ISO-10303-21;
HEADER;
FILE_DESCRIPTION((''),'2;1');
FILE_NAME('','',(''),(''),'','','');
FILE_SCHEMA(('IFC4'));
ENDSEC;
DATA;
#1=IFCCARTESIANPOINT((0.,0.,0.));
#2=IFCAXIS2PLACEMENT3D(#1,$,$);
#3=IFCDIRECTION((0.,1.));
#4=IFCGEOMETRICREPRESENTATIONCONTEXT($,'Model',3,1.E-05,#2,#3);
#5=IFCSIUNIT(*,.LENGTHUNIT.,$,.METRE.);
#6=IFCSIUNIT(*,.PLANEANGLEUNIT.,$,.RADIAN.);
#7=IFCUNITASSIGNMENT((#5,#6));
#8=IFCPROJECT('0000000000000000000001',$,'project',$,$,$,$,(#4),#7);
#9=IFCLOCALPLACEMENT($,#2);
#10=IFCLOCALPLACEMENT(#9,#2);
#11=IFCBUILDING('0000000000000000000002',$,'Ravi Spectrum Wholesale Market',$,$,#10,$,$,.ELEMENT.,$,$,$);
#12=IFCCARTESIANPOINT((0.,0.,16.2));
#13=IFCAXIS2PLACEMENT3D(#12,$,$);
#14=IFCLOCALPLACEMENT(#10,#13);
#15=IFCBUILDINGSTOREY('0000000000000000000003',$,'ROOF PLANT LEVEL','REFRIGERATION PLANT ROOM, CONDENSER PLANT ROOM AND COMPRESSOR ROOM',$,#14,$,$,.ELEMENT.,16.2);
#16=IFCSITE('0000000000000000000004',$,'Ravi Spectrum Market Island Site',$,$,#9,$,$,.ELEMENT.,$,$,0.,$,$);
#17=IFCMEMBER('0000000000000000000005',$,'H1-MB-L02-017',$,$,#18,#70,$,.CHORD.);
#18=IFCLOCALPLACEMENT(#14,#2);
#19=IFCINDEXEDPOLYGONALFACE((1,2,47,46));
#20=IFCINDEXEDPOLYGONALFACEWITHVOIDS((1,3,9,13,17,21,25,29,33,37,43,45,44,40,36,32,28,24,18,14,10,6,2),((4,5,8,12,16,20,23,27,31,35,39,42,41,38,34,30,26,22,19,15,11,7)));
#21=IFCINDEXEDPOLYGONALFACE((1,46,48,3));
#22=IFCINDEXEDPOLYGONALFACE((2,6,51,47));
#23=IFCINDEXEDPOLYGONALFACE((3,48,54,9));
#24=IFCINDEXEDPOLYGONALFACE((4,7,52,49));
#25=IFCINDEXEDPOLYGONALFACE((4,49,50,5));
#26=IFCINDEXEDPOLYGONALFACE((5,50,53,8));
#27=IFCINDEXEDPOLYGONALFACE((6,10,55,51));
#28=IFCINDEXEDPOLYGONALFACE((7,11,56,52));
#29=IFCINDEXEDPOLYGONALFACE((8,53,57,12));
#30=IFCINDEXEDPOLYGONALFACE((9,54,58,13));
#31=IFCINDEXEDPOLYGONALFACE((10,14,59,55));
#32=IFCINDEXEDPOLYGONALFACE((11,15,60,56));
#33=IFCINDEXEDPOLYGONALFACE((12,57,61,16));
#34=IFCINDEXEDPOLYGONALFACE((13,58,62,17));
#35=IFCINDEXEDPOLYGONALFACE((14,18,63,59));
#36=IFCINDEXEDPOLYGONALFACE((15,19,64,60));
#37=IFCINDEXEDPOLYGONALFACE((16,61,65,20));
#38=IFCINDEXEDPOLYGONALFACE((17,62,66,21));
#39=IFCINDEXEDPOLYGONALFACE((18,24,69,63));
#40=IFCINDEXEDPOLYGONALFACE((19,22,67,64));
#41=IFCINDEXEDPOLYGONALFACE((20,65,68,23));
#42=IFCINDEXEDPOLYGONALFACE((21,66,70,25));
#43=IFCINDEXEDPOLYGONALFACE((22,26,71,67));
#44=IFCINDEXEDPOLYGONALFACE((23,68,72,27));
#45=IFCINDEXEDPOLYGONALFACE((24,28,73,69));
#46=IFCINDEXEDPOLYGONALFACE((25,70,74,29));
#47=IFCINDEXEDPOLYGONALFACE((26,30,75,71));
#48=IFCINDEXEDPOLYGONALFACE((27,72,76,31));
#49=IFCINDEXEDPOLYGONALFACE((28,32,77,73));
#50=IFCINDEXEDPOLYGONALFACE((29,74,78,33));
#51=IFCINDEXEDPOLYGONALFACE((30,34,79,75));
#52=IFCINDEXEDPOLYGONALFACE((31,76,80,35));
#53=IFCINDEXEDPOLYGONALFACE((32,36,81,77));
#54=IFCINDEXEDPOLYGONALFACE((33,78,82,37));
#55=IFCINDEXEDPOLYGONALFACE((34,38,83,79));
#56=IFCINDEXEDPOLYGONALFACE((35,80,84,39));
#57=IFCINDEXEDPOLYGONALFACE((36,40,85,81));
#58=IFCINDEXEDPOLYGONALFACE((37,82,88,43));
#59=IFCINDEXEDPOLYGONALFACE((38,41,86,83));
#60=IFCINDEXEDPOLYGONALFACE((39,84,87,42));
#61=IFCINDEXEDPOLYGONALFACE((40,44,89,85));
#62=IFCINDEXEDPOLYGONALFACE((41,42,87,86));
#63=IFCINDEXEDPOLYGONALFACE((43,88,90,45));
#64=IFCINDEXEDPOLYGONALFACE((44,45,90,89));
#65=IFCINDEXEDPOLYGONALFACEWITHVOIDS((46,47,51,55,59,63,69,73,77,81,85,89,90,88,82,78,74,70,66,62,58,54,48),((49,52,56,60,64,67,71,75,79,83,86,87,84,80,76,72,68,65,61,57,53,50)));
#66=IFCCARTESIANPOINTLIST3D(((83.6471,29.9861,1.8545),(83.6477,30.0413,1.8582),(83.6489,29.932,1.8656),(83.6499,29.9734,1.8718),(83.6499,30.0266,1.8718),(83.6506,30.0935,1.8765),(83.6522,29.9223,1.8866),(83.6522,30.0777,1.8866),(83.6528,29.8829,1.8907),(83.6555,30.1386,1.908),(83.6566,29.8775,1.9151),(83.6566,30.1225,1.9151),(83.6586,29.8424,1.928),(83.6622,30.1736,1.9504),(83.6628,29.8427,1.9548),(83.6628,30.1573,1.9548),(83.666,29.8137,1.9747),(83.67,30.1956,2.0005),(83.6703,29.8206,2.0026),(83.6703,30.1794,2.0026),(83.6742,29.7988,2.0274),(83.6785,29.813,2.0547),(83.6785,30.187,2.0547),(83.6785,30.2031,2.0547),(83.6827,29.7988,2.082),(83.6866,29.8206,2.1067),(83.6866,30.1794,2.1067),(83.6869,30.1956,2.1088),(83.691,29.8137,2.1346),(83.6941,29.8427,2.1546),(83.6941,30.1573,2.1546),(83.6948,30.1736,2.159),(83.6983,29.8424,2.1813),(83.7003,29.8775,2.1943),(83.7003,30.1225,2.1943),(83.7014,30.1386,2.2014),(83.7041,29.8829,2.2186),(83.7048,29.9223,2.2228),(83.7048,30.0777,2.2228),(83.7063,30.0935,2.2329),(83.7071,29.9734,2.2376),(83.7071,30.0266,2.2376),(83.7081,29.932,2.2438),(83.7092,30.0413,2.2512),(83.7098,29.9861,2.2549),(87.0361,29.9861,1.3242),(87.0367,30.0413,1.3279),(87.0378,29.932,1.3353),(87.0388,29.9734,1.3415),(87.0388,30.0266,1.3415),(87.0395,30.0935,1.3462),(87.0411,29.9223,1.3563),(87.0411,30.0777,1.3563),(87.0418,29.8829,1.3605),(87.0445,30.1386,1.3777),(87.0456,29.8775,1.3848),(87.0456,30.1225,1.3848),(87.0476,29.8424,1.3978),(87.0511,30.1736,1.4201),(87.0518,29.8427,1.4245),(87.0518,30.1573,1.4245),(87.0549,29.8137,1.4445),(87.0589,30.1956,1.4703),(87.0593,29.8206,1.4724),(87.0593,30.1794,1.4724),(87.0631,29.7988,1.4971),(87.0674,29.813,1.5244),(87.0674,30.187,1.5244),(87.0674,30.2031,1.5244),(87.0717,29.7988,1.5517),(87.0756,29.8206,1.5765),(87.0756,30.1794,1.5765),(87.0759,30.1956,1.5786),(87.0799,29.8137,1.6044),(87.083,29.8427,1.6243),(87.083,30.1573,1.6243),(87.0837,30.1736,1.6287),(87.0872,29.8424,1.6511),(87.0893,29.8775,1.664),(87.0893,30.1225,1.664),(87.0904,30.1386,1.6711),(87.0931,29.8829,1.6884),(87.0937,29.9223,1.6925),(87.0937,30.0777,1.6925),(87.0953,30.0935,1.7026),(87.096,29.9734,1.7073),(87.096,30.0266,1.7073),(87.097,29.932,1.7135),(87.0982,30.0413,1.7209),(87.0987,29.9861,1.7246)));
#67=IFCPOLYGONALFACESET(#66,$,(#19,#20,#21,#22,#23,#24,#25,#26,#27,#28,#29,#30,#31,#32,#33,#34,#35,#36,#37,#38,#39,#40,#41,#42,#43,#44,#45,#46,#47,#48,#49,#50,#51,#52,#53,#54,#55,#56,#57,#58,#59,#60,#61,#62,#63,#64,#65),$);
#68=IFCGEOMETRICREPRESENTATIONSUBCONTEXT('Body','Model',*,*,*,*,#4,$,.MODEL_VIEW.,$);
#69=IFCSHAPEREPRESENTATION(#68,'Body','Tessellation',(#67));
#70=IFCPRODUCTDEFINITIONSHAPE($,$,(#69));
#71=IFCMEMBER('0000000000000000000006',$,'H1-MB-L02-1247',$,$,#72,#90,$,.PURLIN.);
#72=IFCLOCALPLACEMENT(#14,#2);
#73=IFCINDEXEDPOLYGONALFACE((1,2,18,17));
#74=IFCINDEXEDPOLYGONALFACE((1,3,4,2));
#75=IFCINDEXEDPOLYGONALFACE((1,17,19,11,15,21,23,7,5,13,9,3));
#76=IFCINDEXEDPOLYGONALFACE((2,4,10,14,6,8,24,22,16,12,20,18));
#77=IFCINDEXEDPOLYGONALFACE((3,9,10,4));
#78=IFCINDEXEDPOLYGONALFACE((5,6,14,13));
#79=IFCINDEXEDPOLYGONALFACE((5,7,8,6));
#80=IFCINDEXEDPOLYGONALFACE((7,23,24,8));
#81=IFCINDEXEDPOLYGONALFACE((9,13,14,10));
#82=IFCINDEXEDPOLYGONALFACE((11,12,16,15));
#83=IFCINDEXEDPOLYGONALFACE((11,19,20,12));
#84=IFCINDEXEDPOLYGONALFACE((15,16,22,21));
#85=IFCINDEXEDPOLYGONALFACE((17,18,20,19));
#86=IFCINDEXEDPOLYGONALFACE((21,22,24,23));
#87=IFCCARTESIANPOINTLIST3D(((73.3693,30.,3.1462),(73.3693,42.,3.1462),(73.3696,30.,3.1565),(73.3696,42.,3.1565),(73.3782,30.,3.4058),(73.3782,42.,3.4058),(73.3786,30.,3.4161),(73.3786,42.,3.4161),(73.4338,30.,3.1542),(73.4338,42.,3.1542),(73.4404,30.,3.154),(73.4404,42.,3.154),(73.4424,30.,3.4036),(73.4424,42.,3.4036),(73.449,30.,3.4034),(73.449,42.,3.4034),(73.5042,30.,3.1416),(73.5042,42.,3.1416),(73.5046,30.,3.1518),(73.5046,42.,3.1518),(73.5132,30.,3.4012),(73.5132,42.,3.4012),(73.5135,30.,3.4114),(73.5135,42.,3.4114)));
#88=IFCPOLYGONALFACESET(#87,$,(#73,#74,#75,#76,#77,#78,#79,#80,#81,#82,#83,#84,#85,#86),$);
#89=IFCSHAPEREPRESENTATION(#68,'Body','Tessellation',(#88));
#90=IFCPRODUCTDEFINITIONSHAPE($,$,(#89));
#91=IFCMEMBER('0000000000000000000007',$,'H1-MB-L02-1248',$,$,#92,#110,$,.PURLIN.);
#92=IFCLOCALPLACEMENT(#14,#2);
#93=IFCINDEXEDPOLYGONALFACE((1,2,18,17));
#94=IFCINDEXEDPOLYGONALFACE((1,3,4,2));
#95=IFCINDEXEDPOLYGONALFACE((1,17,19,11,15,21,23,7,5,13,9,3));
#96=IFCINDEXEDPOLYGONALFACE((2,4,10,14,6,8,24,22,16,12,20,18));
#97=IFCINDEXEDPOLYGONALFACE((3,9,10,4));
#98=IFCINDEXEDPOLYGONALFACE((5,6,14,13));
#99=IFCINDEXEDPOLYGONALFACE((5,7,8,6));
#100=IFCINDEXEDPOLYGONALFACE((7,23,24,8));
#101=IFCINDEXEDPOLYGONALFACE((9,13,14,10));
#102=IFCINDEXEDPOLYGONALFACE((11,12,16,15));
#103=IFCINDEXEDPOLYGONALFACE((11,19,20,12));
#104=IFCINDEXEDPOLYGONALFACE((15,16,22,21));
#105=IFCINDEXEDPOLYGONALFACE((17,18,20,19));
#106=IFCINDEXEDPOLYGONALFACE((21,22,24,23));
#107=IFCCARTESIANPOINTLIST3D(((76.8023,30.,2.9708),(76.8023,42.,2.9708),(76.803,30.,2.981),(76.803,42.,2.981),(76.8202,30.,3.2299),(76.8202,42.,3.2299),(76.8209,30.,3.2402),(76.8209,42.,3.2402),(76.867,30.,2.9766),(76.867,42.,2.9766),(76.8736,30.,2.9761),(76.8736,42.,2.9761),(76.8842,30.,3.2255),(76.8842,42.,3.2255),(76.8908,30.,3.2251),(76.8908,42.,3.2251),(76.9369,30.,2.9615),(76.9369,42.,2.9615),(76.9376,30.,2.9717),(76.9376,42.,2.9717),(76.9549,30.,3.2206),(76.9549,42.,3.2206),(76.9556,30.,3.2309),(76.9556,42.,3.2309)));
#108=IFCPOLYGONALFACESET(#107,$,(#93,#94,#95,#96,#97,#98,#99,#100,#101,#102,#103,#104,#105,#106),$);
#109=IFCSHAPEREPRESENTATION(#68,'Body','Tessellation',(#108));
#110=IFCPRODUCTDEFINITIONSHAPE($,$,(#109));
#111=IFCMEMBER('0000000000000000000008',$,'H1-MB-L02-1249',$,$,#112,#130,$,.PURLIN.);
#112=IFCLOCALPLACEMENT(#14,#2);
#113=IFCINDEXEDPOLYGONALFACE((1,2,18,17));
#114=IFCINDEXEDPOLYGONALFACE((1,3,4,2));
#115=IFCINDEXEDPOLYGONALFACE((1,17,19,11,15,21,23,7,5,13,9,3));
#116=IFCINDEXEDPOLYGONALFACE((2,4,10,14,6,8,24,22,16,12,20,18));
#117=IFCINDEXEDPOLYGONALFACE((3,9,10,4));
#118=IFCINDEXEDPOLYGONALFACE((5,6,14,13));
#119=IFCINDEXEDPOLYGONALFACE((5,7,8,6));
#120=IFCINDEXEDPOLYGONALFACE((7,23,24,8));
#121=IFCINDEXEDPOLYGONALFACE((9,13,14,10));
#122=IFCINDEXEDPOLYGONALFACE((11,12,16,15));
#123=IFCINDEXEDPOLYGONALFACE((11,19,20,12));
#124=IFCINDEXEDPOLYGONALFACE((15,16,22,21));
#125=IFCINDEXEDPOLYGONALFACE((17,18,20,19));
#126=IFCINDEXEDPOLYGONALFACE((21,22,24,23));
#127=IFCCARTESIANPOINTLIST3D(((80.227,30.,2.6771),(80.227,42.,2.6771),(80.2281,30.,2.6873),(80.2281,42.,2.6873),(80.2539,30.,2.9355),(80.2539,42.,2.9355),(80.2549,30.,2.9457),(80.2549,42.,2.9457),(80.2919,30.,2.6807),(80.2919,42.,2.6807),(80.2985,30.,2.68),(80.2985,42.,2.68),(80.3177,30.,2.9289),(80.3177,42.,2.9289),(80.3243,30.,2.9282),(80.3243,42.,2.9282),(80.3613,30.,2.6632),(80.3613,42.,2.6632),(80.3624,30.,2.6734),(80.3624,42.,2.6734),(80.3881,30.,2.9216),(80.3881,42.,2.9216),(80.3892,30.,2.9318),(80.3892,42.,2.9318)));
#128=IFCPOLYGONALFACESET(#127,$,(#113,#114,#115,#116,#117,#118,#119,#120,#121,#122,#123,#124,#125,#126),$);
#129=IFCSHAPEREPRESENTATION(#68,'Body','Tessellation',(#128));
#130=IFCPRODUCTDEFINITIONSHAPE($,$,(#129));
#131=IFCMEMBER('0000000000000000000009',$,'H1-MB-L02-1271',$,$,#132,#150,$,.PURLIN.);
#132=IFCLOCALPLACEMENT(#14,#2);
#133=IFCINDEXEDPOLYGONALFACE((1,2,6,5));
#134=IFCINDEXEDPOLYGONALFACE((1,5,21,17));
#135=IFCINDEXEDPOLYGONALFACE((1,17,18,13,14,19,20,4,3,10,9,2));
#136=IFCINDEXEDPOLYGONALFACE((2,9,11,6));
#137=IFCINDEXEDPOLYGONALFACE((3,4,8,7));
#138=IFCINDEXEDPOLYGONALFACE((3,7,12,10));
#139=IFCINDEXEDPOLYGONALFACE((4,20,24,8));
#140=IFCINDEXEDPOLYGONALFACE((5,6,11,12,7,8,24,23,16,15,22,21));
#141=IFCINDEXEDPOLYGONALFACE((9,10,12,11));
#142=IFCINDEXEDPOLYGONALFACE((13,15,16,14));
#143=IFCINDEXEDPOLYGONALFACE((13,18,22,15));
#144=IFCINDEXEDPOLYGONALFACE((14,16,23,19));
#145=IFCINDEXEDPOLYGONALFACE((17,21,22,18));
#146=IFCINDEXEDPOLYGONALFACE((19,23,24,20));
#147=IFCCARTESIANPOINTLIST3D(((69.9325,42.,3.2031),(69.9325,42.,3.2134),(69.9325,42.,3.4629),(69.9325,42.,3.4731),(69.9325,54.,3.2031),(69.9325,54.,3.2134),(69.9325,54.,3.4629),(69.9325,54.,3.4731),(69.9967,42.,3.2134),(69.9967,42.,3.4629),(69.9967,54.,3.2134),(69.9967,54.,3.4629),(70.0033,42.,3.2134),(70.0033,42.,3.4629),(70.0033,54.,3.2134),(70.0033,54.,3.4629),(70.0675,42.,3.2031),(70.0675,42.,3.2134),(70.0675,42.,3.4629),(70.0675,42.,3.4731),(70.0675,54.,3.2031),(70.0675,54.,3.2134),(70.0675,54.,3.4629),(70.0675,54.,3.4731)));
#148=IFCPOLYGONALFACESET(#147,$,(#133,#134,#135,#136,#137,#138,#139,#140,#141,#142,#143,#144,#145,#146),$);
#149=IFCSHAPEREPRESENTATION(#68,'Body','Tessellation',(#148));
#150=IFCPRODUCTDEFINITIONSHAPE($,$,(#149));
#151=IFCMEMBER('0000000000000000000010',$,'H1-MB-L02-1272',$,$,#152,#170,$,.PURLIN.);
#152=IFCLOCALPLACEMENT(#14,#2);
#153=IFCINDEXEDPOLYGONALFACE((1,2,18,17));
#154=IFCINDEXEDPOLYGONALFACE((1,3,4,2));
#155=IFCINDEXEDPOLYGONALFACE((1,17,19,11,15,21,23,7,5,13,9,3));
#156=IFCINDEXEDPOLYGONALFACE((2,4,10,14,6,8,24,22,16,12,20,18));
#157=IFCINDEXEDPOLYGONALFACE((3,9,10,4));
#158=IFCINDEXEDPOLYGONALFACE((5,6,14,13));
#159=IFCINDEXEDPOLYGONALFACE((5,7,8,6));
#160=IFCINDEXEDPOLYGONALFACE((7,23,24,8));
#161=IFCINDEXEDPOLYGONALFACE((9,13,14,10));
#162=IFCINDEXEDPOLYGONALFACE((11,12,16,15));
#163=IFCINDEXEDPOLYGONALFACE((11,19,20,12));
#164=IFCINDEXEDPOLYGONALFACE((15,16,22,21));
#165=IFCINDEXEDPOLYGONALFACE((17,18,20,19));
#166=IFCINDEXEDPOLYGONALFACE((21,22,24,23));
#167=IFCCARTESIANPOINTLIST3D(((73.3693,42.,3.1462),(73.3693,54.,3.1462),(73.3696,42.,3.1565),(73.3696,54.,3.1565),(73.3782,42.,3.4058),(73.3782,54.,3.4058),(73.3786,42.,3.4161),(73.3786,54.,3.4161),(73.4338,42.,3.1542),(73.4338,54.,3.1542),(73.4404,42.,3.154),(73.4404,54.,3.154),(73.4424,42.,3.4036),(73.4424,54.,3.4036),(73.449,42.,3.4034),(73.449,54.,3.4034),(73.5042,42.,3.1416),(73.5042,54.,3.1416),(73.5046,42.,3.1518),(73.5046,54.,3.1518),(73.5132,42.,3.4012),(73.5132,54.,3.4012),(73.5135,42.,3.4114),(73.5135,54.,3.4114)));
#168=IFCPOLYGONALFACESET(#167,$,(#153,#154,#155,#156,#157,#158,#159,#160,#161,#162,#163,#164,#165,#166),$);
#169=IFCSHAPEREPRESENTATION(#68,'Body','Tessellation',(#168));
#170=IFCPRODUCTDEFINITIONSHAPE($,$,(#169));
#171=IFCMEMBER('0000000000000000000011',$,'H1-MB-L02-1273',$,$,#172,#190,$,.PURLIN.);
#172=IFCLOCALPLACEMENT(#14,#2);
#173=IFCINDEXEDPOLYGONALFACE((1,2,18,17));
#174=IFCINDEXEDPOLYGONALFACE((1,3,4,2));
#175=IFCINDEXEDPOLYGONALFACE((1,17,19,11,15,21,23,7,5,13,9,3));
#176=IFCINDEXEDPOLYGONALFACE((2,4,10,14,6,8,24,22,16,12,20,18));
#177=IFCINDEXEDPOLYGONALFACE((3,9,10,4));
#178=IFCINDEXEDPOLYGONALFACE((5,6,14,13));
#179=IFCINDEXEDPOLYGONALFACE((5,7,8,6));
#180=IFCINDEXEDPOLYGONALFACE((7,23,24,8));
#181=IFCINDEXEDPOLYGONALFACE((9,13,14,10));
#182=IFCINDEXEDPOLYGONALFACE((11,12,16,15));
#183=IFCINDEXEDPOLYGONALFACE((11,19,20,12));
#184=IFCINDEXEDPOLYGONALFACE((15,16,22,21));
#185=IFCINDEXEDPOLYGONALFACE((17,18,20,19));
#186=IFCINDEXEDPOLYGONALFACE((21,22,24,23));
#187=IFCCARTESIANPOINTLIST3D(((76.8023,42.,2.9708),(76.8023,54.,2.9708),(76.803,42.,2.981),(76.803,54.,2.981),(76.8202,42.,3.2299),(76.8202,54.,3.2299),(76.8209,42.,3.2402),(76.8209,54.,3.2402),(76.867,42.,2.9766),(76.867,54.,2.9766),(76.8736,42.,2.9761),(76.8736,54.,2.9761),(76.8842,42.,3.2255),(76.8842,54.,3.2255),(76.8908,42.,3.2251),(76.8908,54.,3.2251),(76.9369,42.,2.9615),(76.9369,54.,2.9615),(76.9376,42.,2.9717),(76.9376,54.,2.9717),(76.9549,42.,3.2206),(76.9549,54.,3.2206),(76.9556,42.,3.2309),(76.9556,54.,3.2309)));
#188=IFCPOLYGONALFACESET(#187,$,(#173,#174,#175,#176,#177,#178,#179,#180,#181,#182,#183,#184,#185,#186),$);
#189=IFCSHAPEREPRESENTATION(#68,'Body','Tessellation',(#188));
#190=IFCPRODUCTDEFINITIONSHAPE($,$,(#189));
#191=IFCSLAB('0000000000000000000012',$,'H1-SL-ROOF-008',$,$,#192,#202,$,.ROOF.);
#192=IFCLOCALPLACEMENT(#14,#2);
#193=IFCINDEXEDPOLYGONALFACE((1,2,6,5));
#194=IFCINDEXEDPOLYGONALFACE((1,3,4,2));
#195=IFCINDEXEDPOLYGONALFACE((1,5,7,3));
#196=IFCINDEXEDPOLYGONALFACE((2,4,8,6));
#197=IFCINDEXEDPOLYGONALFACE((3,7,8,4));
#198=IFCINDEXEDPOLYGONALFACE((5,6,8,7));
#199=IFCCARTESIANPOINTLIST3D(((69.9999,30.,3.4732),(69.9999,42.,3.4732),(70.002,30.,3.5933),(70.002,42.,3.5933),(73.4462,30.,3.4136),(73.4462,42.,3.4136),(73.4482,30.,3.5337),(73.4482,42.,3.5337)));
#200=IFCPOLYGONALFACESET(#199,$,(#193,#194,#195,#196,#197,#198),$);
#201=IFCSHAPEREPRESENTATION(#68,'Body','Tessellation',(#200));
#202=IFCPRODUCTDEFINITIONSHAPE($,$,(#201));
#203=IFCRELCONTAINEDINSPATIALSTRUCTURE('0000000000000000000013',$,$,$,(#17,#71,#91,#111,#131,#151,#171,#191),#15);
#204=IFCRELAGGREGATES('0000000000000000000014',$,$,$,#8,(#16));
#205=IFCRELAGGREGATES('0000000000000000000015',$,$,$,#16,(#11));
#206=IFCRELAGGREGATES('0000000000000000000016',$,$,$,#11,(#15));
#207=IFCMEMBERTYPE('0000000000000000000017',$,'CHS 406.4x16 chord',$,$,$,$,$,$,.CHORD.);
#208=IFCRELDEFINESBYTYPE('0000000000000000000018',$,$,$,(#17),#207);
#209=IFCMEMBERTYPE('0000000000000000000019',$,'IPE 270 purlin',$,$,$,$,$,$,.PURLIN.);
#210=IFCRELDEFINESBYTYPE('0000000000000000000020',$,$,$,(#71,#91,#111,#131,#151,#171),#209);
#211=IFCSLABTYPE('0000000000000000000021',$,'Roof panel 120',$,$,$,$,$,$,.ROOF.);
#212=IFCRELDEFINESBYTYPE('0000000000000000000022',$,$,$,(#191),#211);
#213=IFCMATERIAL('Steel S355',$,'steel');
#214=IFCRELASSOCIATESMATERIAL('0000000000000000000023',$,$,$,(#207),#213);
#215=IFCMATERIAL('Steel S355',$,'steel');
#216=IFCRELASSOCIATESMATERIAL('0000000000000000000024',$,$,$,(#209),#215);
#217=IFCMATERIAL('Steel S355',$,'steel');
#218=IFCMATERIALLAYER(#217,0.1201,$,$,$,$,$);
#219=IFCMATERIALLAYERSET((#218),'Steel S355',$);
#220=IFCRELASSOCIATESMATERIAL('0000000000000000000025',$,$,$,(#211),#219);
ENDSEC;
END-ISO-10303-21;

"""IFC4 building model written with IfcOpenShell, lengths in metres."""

from ifc_helpers import new_model, si_unit, direction, frame, origin, origin_2d, place, context, subcontext, project, spatial, polyline, hollow_circle, i_section, outline, extrude, material, layer, layer_set, material_profile, profile_set, type_object, element, save


model = new_model("IFC4")

# Units and contexts
model_context = context("Model", 3, precision=1e-05, world=origin(), true_north=direction((0.0, 1.0)))
body_context = subcontext(model_context, "Body", "Model", "MODEL_VIEW")
ifc_project = project(units=[si_unit("LENGTHUNIT", "METRE"), si_unit("PLANEANGLEUNIT", "RADIAN")], contexts=[model_context])

# Site, building, storey
site_placement = place(None, origin())
site = spatial("IfcSite", under=ifc_project, at=site_placement, Name="Ravi Spectrum Market Island Site", CompositionType="ELEMENT", RefElevation=0.0)
building_placement = place(site_placement, origin())
building = spatial("IfcBuilding", under=site, at=building_placement, Name="Ravi Spectrum Wholesale Market", CompositionType="ELEMENT")
storey_placement = place(building_placement, frame((0.0, 0.0, 16.2)))
storey = spatial("IfcBuildingStorey", under=building, at=storey_placement, Name="ROOF PLANT LEVEL", Description="REFRIGERATION PLANT ROOM, CONDENSER PLANT ROOM AND COMPRESSOR ROOM", CompositionType="ELEMENT", Elevation=16.2)

# Members
ifc_material_1 = material(Name="Steel S355", Category="steel")
ifc_material_profile_1 = material_profile(ifc_material_1, hollow_circle(Radius=0.2031, WallThickness=0.0161, at=origin_2d()))
ifc_profile_set_1 = profile_set([ifc_material_profile_1], Name="Steel S355")
member_type_1 = type_object("IfcMemberType", Name="CHS 406.4x16 chord", PredefinedType="CHORD", material=ifc_profile_set_1)
for number, where, z_axis, x_axis, name in (
    (1, (83.6785, 30.0, 2.0547), (0.987978, 0.0, -0.154592), (0.0, 1.0, 0.0), "H1-MB-L02-017"),
):
    element("IfcMember", number, at=place(storey_placement, frame(where, z_axis=z_axis, x_axis=x_axis)), inside=storey, type_object=member_type_1, Name=name, PredefinedType="CHORD", context=body_context, shape_type="SweptSolid", body=[
        extrude(hollow_circle(Radius=0.2031, WallThickness=0.0161, at=origin_2d()), origin(), (0.0, 0.0, 1.0), 3.4302),
    ])
ifc_material_2 = material(Name="Steel S355", Category="steel")
ifc_material_profile_2 = material_profile(ifc_material_2, i_section(OverallWidth=0.135, OverallDepth=0.27, WebThickness=0.0066, FlangeThickness=0.0103, at=origin_2d()))
ifc_profile_set_2 = profile_set([ifc_material_profile_2], Name="Steel S355")
member_type_2 = type_object("IfcMemberType", Name="IPE 270 purlin", PredefinedType="PURLIN", material=ifc_profile_set_2)
for number, where, z_axis, x_axis, name in (
    (2, (73.4414, 30.0, 3.2788), (0.0, 1.0, 0.0), (-0.999405, 0.0, 0.034492), "H1-MB-L02-1247"),
    (3, (76.8789, 30.0, 3.1008), (0.0, 1.0, 0.0), (-0.997621, 0.0, 0.068943), "H1-MB-L02-1248"),
    (4, (80.3081, 30.0, 2.8044), (0.0, 1.0, 0.0), (-0.994649, 0.0, 0.103311), "H1-MB-L02-1249"),
    (5, (70.0, 42.0, 3.3381), (0.0, 1.0, 0.0), (-1.0, 0.0, 0.0), "H1-MB-L02-1271"),
    (6, (73.4414, 42.0, 3.2788), (0.0, 1.0, 0.0), (-0.999405, 0.0, 0.034492), "H1-MB-L02-1272"),
    (7, (76.8789, 42.0, 3.1008), (0.0, 1.0, 0.0), (-0.997621, 0.0, 0.068943), "H1-MB-L02-1273"),
):
    element("IfcMember", number, at=place(storey_placement, frame(where, z_axis=z_axis, x_axis=x_axis)), inside=storey, type_object=member_type_2, Name=name, PredefinedType="PURLIN", context=body_context, shape_type="SweptSolid", body=[
        extrude(i_section(OverallWidth=0.135, OverallDepth=0.27, WebThickness=0.0066, FlangeThickness=0.0103, at=origin_2d()), origin(), (0.0, 0.0, 1.0), 12.0),
    ])

# Slab
ifc_material_3 = material(Name="Steel S355", Category="steel")
ifc_layer_1 = layer(ifc_material_3, 0.1201)
ifc_layer_set_1 = layer_set([ifc_layer_1], Name="Steel S355")
slab_type = type_object("IfcSlabType", Name="Roof panel 120", PredefinedType="ROOF", material=ifc_layer_set_1)
slab_1_placement = place(storey_placement, frame((70.002, 30.0, 3.5933), z_axis=(0.017283, 0.0, 0.999851), x_axis=(0.999851, 0.0, -0.017283)))
element("IfcSlab", 8, at=slab_1_placement, inside=storey, type_object=slab_type, Name="H1-SL-ROOF-008", PredefinedType="ROOF", context=body_context, shape_type="SweptSolid", body=[
    extrude(outline(polyline([(0.0, 0.0), (3.4468, 0.0), (3.4468, 12.0), (0.0, 12.0), (0.0, 0.0)])), origin(), (0.0, 0.0, -1.0), 0.1201),
])

save(model, "model.ifc")
